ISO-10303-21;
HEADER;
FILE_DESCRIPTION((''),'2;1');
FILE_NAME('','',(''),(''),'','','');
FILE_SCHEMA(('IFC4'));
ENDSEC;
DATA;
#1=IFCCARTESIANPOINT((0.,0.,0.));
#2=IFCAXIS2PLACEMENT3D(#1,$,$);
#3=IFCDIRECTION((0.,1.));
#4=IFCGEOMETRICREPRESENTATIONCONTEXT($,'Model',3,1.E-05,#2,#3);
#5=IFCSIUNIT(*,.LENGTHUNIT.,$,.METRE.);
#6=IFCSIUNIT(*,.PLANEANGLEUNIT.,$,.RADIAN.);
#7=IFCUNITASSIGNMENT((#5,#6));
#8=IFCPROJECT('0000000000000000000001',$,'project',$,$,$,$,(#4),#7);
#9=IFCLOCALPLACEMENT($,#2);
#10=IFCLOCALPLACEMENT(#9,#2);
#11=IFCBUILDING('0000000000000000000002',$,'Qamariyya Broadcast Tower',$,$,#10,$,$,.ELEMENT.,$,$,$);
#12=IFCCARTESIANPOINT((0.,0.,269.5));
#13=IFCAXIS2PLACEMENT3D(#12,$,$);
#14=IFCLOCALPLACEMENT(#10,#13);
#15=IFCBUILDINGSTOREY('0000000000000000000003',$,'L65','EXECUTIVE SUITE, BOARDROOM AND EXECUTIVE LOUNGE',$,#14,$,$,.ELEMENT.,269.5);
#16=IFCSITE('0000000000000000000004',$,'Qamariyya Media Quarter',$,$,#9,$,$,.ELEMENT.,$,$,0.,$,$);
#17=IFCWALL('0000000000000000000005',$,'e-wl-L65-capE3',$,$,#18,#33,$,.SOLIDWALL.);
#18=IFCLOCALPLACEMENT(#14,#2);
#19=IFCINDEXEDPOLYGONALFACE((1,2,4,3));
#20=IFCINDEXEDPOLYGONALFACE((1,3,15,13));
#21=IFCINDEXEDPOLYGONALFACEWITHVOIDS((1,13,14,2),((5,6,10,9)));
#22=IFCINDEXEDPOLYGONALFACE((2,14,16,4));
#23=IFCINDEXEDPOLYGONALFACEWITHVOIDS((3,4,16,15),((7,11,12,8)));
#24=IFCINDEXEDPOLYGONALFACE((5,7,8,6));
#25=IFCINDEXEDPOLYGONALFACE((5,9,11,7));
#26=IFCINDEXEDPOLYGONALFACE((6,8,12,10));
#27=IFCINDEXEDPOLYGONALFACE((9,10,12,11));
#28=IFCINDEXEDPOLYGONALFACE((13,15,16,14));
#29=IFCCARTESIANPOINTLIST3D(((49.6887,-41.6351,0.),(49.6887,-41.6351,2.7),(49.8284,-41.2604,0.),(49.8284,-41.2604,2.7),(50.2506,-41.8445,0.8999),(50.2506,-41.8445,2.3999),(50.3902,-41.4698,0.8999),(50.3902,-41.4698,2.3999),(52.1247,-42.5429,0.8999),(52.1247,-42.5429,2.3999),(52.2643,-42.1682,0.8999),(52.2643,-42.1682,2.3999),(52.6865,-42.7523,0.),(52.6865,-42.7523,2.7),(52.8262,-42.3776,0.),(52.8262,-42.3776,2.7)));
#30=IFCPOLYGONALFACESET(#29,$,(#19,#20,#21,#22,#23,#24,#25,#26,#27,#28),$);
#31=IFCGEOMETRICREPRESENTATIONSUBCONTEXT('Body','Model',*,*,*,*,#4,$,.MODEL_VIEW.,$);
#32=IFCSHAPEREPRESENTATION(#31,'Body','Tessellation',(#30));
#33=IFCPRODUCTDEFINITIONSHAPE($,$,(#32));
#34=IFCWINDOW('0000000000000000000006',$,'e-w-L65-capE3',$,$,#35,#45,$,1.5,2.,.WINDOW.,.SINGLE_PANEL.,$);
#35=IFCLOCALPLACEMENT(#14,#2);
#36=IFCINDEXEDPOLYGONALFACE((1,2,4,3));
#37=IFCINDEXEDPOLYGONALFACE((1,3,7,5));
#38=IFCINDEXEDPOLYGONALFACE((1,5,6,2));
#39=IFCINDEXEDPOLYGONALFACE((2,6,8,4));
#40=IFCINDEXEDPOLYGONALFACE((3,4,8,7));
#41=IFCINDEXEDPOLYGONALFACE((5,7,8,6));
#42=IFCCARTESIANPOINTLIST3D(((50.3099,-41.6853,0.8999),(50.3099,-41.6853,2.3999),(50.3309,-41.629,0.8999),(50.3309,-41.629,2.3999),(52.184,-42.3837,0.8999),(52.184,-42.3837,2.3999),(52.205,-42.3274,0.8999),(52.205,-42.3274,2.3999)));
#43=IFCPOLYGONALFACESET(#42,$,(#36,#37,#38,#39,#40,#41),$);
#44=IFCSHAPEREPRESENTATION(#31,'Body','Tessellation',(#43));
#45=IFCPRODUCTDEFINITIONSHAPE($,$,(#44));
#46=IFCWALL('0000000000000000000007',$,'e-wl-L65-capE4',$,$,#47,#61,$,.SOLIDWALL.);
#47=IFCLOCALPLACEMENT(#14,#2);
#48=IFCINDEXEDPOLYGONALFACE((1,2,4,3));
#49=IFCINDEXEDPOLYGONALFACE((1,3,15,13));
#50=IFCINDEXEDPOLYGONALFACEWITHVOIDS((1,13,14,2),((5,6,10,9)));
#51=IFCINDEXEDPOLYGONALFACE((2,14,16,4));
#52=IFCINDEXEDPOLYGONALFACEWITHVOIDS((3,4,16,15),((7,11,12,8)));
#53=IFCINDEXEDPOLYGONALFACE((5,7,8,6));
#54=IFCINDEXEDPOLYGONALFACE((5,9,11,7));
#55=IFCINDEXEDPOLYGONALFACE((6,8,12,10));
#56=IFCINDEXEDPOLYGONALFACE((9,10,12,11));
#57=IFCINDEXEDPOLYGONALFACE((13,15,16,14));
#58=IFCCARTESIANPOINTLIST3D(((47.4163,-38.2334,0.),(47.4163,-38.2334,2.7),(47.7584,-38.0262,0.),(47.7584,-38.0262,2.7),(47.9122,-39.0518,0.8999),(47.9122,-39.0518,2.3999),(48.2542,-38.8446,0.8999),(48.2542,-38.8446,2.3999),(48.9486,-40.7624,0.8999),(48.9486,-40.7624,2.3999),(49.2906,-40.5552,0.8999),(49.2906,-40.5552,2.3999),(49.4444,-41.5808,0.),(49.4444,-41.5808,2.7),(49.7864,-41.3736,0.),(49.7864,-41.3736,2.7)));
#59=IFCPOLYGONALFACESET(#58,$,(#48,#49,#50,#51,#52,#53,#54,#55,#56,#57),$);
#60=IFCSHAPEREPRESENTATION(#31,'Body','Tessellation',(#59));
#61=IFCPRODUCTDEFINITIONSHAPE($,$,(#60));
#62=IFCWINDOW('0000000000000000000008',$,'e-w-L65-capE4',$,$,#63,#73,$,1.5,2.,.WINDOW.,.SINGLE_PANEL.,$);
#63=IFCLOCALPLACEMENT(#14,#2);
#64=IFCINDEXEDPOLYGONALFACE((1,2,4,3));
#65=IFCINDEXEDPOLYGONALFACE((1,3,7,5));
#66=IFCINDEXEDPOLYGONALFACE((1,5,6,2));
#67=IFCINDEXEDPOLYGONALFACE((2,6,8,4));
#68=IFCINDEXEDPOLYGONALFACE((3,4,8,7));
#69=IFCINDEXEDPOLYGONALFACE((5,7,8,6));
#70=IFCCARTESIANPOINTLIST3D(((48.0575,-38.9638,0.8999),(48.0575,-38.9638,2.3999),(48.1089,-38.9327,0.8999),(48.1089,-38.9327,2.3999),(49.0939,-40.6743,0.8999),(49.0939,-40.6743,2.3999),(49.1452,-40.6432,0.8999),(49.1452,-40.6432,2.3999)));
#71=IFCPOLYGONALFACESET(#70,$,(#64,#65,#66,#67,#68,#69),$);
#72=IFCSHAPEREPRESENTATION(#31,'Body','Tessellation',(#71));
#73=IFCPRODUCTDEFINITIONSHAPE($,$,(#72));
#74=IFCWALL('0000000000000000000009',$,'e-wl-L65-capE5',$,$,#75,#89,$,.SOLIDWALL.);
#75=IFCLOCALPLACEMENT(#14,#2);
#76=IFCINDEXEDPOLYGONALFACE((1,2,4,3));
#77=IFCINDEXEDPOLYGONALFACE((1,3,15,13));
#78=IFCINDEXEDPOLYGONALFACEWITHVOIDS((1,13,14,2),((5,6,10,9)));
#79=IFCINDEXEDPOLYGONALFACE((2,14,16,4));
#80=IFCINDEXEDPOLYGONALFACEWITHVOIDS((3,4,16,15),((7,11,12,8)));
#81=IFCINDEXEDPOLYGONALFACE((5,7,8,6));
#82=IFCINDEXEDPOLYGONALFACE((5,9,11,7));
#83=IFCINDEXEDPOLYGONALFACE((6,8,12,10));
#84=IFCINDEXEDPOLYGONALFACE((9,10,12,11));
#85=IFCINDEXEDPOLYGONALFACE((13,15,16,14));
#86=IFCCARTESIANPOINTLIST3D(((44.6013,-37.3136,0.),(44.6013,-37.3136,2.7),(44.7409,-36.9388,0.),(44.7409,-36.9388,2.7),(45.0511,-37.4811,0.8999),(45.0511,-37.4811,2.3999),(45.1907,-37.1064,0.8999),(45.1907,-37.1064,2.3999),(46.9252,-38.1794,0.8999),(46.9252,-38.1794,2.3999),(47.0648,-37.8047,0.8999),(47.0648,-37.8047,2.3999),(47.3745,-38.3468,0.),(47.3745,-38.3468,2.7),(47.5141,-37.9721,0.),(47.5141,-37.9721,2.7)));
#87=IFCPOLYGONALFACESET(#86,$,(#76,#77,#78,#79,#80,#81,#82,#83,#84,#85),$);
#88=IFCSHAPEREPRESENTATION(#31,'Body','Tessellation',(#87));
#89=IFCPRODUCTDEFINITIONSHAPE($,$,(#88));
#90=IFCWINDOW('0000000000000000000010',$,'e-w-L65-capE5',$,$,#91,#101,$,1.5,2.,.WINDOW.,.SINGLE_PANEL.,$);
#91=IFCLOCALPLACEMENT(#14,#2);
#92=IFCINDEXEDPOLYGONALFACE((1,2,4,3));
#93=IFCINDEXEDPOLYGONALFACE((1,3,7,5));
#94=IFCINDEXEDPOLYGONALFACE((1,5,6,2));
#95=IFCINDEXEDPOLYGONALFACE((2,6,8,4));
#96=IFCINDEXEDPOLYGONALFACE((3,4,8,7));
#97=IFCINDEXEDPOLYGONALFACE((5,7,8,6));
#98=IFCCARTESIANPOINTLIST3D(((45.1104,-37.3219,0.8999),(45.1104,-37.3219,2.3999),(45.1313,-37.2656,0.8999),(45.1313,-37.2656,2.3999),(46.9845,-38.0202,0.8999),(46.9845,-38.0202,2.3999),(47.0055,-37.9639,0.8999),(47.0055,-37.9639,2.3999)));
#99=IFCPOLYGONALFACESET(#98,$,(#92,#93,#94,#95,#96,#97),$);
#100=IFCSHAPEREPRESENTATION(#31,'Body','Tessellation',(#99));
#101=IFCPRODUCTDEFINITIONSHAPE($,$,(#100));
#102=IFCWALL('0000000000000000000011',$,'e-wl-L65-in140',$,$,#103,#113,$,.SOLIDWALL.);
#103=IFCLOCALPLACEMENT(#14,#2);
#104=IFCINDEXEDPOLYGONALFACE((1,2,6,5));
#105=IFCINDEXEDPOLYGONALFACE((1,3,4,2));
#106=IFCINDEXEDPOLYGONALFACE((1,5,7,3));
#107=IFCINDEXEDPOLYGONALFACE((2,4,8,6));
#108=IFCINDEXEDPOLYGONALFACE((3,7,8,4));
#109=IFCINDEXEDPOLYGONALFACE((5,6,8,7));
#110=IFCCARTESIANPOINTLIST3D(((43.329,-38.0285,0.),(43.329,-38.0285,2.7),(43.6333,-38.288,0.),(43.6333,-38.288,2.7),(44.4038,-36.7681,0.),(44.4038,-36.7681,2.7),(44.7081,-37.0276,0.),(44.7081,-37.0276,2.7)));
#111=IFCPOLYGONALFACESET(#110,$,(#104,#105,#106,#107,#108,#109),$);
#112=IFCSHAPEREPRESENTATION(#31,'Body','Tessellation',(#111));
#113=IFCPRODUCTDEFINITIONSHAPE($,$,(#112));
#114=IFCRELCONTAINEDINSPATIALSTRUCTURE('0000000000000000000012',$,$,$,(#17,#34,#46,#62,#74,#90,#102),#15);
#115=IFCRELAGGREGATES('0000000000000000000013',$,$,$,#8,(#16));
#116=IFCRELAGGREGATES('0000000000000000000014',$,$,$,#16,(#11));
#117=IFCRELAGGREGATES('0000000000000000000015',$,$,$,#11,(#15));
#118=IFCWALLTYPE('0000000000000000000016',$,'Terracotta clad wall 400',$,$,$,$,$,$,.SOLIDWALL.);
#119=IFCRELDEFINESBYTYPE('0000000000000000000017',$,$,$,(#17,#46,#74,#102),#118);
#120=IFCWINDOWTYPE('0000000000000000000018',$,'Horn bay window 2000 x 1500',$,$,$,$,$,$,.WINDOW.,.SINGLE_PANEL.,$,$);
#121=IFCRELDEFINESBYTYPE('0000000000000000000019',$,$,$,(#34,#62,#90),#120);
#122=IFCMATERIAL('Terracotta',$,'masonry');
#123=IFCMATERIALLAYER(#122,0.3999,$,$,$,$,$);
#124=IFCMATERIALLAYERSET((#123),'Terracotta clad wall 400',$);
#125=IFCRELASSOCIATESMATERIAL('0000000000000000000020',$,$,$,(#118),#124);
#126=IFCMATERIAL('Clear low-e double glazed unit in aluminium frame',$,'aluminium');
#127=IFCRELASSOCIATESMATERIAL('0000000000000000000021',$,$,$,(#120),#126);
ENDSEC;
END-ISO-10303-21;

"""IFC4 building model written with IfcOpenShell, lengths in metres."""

from ifc_helpers import new_model, si_unit, direction, frame, frame_2d, origin, place, context, subcontext, project, spatial, rectangle, extrude, material, layer, layer_set, type_object, element, fill, save


model = new_model("IFC4")

# Units and contexts
model_context = context("Model", 3, precision=1e-05, world=origin(), true_north=direction((0.0, 1.0)))
body_context = subcontext(model_context, "Body", "Model", "MODEL_VIEW")
ifc_project = project(units=[si_unit("LENGTHUNIT", "METRE"), si_unit("PLANEANGLEUNIT", "RADIAN")], contexts=[model_context])

# Site, building, storey
site_placement = place(None, origin())
site = spatial("IfcSite", under=ifc_project, at=site_placement, Name="Qamariyya Media Quarter", CompositionType="ELEMENT", RefElevation=0.0)
building_placement = place(site_placement, origin())
building = spatial("IfcBuilding", under=site, at=building_placement, Name="Qamariyya Broadcast Tower", CompositionType="ELEMENT")
storey_placement = place(building_placement, frame((0.0, 0.0, 269.5)))
storey = spatial("IfcBuildingStorey", under=building, at=storey_placement, Name="L65", Description="EXECUTIVE SUITE, BOARDROOM AND EXECUTIVE LOUNGE", CompositionType="ELEMENT", Elevation=269.5)

# Walls, openings, windows
ifc_material_1 = material(Name="Terracotta", Category="masonry")
ifc_layer = layer(ifc_material_1, 0.3999)
ifc_layer_set = layer_set([ifc_layer], Name="Terracotta clad wall 400")
wall_type = type_object("IfcWallType", Name="Terracotta clad wall 400", PredefinedType="SOLIDWALL", material=ifc_layer_set)
ifc_material_2 = material(Name="Clear low-e double glazed unit in aluminium frame", Category="aluminium")
window_type = type_object("IfcWindowType", Name="Horn bay window 2000 x 1500", PartitioningType="SINGLE_PANEL", PredefinedType="WINDOW", material=ifc_material_2)
wall_1_placement = place(storey_placement, frame((52.7563, -42.5649, 0.0), z_axis=(0.0, 0.0, 1.0), x_axis=(-0.937045, 0.349208, 0.0)))
wall_1 = element("IfcWall", 1, at=wall_1_placement, inside=storey, type_object=wall_type, Name="e-wl-L65-capE3", PredefinedType="SOLIDWALL", context=body_context, shape_type="SweptSolid", body=[
    extrude(rectangle(XDim=3.1992, YDim=0.3999, at=frame_2d((1.5996, 0.0))), origin(), (0.0, 0.0, 1.0), 2.7),
])
opening_1_placement = place(wall_1_placement, frame((0.5996, 0.0, 0.8999)))
opening_1 = element("IfcOpeningElement", 2, at=opening_1_placement, cuts=wall_1, PredefinedType="OPENING", context=body_context, shape_type="SweptSolid", body=[
    extrude(rectangle(XDim=2.0, YDim=1.5, at=frame_2d((1.0, 0.75))), frame((0.0, 0.21, 0.0), z_axis=(0.0, -1.0, 0.0), x_axis=(1.0, 0.0, 0.0)), (0.0, 0.0, 1.0), 0.4199),
])
window_1_placement = place(opening_1_placement, origin())
window_1 = element("IfcWindow", 3, at=window_1_placement, inside=storey, type_object=window_type, Name="e-w-L65-capE3", OverallHeight=1.5, OverallWidth=2.0, PartitioningType="SINGLE_PANEL", PredefinedType="WINDOW", context=body_context, shape_type="SweptSolid", body=[
    extrude(rectangle(XDim=2.0, YDim=1.5, at=frame_2d((1.0, 0.75))), frame((0.0, 0.03, 0.0), z_axis=(0.0, -1.0, 0.0), x_axis=(1.0, 0.0, 0.0)), (0.0, 0.0, 1.0), 0.0601),
])
fill(opening_1, window_1)
wall_2_placement = place(storey_placement, frame((49.6155, -41.4773, 0.0), z_axis=(0.0, 0.0, 1.0), x_axis=(-0.518179, 0.855272, 0.0)))
wall_2 = element("IfcWall", 4, at=wall_2_placement, inside=storey, type_object=wall_type, Name="e-wl-L65-capE4", PredefinedType="SOLIDWALL", context=body_context, shape_type="SweptSolid", body=[
    extrude(rectangle(XDim=3.9138, YDim=0.3999, at=frame_2d((1.957, 0.0))), origin(), (0.0, 0.0, 1.0), 2.7),
])
opening_2_placement = place(wall_2_placement, frame((0.957, 0.0, 0.8999)))
opening_2 = element("IfcOpeningElement", 5, at=opening_2_placement, cuts=wall_2, PredefinedType="OPENING", context=body_context, shape_type="SweptSolid", body=[
    extrude(rectangle(XDim=2.0, YDim=1.5, at=frame_2d((1.0, 0.75))), frame((0.0, 0.21, 0.0), z_axis=(0.0, -1.0, 0.0), x_axis=(1.0, 0.0, 0.0)), (0.0, 0.0, 1.0), 0.4199),
])
window_2_placement = place(opening_2_placement, origin())
window_2 = element("IfcWindow", 6, at=window_2_placement, inside=storey, type_object=window_type, Name="e-w-L65-capE4", OverallHeight=1.5, OverallWidth=2.0, PartitioningType="SINGLE_PANEL", PredefinedType="WINDOW", context=body_context, shape_type="SweptSolid", body=[
    extrude(rectangle(XDim=2.0, YDim=1.5, at=frame_2d((1.0, 0.75))), frame((0.0, 0.03, 0.0), z_axis=(0.0, -1.0, 0.0), x_axis=(1.0, 0.0, 0.0)), (0.0, 0.0, 1.0), 0.0601),
])
fill(opening_2, window_2)
wall_3_placement = place(storey_placement, frame((47.4443, -38.1594, 0.0), z_axis=(0.0, 0.0, 1.0), x_axis=(-0.937076, 0.349125, 0.0)))
wall_3 = element("IfcWall", 7, at=wall_3_placement, inside=storey, type_object=wall_type, Name="e-wl-L65-capE5", PredefinedType="SOLIDWALL", context=body_context, shape_type="SweptSolid", body=[
    extrude(rectangle(XDim=2.9595, YDim=0.3999, at=frame_2d((1.4797, 0.0))), origin(), (0.0, 0.0, 1.0), 2.7),
])
opening_3_placement = place(wall_3_placement, frame((0.4795, 0.0, 0.8999)))
opening_3 = element("IfcOpeningElement", 8, at=opening_3_placement, cuts=wall_3, PredefinedType="OPENING", context=body_context, shape_type="SweptSolid", body=[
    extrude(rectangle(XDim=2.0, YDim=1.5, at=frame_2d((1.0, 0.75))), frame((0.0, 0.21, 0.0), z_axis=(0.0, -1.0, 0.0), x_axis=(1.0, 0.0, 0.0)), (0.0, 0.0, 1.0), 0.4199),
])
window_3_placement = place(opening_3_placement, origin())
window_3 = element("IfcWindow", 9, at=window_3_placement, inside=storey, type_object=window_type, Name="e-w-L65-capE5", OverallHeight=1.5, OverallWidth=2.0, PartitioningType="SINGLE_PANEL", PredefinedType="WINDOW", context=body_context, shape_type="SweptSolid", body=[
    extrude(rectangle(XDim=2.0, YDim=1.5, at=frame_2d((1.0, 0.75))), frame((0.0, 0.03, 0.0), z_axis=(0.0, -1.0, 0.0), x_axis=(1.0, 0.0, 0.0)), (0.0, 0.0, 1.0), 0.0601),
])
fill(opening_3, window_3)

# Wall
wall_4_placement = place(storey_placement, frame((44.5559, -36.8979, 0.0), z_axis=(0.0, 0.0, 1.0), x_axis=(-0.648884, -0.760887, 0.0)))
element("IfcWall", 10, at=wall_4_placement, inside=storey, type_object=wall_type, Name="e-wl-L65-in140", PredefinedType="SOLIDWALL", context=body_context, shape_type="SweptSolid", body=[
    extrude(rectangle(XDim=1.6565, YDim=0.3999, at=frame_2d((0.8281, 0.0))), origin(), (0.0, 0.0, 1.0), 2.7),
])

save(model, "model.ifc")
